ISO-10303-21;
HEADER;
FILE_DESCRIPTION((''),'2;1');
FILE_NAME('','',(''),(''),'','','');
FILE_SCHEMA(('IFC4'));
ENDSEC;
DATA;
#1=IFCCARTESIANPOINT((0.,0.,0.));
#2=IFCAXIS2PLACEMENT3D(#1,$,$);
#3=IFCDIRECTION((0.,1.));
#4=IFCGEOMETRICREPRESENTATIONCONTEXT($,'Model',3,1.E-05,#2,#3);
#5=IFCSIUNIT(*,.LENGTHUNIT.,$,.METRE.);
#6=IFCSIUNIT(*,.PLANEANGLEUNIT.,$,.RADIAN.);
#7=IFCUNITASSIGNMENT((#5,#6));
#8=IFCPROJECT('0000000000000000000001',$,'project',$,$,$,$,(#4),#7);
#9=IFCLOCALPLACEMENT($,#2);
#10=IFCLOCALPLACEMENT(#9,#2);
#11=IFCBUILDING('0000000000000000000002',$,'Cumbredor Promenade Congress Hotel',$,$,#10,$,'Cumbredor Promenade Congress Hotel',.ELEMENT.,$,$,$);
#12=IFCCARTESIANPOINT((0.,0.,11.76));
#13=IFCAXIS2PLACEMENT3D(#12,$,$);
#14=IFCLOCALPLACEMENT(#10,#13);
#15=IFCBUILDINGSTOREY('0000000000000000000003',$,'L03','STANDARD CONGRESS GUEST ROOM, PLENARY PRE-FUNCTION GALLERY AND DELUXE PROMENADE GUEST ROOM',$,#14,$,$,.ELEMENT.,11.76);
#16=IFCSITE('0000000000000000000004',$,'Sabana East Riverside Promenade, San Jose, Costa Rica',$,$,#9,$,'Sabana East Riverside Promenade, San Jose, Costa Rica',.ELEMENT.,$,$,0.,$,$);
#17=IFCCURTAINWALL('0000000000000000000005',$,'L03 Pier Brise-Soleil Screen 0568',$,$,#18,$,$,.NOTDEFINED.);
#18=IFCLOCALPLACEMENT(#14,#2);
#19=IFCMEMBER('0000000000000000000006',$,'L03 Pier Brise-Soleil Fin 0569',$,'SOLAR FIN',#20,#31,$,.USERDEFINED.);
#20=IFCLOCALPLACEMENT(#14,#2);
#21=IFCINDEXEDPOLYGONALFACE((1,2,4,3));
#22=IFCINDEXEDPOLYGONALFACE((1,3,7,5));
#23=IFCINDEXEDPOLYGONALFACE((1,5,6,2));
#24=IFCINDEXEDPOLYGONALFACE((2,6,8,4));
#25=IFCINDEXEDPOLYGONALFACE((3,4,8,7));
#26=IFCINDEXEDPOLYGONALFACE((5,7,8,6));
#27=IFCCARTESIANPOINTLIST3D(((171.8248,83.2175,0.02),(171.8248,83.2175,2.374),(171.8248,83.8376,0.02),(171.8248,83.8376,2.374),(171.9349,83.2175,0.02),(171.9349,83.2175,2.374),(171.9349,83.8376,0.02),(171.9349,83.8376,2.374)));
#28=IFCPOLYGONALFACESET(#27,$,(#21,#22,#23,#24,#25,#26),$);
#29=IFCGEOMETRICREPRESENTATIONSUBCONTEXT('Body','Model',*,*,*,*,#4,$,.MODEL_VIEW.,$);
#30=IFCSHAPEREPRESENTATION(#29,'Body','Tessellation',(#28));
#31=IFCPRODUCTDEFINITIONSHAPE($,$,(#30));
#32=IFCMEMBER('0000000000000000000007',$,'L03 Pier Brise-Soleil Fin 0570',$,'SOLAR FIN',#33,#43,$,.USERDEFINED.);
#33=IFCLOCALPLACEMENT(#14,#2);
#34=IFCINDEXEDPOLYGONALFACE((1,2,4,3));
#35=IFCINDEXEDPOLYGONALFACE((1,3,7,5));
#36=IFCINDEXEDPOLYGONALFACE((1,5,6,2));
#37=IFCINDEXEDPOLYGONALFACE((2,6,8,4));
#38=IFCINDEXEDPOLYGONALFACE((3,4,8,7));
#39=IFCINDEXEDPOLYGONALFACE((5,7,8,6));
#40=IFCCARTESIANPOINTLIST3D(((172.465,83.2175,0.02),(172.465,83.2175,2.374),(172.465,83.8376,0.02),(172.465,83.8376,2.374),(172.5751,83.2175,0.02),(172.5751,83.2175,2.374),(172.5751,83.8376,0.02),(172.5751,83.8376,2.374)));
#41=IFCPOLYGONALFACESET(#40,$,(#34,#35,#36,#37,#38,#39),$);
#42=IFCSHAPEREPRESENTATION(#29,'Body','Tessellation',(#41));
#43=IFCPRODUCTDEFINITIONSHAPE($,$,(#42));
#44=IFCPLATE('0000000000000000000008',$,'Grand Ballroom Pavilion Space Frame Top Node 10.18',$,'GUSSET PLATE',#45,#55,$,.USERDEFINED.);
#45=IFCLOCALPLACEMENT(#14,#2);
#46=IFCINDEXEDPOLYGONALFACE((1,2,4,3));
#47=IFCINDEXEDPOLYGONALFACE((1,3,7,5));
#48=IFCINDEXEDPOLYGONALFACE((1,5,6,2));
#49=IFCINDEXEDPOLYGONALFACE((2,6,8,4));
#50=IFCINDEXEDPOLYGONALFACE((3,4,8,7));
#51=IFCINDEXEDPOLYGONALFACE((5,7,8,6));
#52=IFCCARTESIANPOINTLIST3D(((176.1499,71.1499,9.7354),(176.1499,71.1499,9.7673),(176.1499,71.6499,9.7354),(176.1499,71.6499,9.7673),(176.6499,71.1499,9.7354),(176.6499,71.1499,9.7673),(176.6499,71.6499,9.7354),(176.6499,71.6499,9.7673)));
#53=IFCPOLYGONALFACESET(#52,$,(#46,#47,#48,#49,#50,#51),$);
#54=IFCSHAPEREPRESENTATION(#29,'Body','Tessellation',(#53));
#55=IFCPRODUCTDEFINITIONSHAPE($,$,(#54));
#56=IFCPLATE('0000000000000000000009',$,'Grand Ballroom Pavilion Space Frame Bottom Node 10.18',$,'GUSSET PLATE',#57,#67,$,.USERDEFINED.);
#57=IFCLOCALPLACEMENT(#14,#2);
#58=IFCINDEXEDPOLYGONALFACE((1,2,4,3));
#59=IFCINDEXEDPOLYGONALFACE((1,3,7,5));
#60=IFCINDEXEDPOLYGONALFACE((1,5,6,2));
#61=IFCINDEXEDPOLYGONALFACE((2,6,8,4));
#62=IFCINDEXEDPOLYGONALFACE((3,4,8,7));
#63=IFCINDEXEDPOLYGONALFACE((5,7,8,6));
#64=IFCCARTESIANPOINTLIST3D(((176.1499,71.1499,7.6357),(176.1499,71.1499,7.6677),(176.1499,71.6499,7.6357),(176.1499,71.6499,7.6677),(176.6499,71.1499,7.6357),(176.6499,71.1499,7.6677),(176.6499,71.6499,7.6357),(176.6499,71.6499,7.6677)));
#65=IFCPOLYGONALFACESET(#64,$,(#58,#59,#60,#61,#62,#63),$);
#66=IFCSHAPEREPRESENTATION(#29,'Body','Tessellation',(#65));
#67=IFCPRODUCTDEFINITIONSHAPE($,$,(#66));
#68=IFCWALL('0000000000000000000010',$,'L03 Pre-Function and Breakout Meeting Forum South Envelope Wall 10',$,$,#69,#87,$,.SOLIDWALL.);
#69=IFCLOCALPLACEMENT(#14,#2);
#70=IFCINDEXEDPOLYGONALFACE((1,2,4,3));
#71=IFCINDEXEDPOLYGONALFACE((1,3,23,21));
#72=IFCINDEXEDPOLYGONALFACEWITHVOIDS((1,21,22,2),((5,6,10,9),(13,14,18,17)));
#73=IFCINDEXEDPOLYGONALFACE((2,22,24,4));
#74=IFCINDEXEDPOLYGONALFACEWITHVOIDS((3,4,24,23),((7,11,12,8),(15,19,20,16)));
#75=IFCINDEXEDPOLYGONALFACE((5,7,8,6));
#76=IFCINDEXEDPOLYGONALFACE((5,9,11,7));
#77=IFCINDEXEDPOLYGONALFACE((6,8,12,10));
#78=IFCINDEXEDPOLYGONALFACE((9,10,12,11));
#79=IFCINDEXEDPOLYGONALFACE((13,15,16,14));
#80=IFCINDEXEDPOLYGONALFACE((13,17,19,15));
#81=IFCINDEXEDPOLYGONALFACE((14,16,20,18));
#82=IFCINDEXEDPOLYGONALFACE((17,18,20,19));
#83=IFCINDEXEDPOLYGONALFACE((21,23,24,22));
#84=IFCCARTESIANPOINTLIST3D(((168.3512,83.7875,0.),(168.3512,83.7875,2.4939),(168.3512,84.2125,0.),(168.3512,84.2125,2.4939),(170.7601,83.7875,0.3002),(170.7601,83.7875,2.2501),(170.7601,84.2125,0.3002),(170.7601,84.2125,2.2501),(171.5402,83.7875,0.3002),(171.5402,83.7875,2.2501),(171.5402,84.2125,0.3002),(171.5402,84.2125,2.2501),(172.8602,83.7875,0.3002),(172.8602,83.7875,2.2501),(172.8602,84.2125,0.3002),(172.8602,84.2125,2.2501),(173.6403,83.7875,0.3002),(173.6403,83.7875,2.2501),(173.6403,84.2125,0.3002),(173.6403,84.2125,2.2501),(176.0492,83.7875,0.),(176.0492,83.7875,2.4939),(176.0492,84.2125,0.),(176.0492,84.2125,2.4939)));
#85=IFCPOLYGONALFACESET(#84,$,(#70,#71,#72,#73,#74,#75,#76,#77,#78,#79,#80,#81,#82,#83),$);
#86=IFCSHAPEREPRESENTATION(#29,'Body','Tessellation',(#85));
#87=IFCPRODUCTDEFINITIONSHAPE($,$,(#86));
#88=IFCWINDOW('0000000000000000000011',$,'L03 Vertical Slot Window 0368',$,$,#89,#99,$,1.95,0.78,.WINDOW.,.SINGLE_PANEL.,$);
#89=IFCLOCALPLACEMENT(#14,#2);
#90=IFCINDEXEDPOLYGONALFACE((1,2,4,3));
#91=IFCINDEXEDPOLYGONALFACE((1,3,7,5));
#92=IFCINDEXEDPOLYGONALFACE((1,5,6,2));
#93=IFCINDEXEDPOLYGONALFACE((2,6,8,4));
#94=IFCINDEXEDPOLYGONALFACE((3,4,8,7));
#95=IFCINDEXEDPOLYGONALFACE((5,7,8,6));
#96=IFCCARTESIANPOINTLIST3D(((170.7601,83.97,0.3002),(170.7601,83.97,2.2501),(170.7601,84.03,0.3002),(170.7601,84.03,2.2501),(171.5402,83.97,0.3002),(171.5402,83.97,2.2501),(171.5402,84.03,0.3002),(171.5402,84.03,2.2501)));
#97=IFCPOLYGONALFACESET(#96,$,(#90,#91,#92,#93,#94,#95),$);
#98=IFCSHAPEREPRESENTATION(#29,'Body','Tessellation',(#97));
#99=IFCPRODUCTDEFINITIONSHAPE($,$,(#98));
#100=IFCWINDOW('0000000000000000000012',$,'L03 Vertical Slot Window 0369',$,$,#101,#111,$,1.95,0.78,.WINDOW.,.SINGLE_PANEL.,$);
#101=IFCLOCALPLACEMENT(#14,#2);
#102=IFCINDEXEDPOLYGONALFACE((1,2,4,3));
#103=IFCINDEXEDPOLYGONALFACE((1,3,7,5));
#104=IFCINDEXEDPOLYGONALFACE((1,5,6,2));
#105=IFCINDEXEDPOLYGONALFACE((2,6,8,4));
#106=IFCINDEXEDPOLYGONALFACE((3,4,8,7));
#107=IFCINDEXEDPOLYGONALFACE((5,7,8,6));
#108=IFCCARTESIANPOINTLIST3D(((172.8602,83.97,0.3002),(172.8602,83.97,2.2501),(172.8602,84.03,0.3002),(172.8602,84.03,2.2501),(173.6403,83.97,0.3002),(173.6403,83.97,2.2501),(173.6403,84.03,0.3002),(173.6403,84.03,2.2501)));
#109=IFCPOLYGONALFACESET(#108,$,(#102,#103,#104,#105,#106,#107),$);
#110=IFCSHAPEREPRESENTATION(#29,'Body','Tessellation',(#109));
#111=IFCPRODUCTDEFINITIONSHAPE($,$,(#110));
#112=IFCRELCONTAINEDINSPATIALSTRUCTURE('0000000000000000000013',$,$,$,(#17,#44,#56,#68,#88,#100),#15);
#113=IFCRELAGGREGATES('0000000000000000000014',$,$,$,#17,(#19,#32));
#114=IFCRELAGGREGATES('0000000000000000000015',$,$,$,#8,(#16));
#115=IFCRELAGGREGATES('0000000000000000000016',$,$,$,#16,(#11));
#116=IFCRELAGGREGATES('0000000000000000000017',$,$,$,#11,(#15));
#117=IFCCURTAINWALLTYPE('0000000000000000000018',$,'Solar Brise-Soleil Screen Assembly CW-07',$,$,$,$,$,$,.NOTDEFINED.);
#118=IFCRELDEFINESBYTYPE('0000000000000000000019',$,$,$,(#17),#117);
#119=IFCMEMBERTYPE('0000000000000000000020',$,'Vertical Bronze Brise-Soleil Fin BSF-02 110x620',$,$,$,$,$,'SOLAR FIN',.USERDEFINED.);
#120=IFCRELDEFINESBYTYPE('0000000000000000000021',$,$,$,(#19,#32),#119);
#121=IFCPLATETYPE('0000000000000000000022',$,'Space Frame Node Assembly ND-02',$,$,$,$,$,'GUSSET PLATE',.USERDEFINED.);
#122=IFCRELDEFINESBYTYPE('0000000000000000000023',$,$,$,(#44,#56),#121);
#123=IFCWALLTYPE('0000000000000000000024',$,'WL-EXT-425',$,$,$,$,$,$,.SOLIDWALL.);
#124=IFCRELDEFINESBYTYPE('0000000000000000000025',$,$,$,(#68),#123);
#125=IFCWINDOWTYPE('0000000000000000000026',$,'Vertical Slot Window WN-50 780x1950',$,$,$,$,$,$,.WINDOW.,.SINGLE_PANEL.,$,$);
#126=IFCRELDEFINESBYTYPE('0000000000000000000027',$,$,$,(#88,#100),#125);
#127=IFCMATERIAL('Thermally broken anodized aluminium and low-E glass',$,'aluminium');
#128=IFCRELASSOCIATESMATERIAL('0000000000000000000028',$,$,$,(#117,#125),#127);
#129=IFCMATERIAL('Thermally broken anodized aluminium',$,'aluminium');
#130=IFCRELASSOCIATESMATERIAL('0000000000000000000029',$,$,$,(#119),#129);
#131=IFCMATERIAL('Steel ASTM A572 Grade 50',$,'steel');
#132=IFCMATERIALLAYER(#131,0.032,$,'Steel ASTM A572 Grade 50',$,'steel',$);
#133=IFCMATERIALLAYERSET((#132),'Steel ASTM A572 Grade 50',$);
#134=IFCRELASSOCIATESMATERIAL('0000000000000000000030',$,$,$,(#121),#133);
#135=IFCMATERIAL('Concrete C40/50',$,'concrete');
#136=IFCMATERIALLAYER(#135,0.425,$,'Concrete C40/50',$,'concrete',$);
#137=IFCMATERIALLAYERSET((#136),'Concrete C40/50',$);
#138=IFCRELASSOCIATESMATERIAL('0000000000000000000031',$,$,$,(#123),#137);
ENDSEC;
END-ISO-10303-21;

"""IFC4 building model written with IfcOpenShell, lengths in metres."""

from ifc_helpers import new_model, si_unit, direction, frame, frame_2d, origin, origin_2d, place, context, subcontext, project, spatial, rectangle, extrude, material, layer, layer_set, material_profile, profile_set, type_object, element, fill, aggregate, save


model = new_model("IFC4")

# Units and contexts
model_context = context("Model", 3, precision=1e-05, world=origin(), true_north=direction((0.0, 1.0)))
body_context = subcontext(model_context, "Body", "Model", "MODEL_VIEW")
ifc_project = project(units=[si_unit("LENGTHUNIT", "METRE"), si_unit("PLANEANGLEUNIT", "RADIAN")], contexts=[model_context])

# Site, building, storey
site_placement = place(None, origin())
site = spatial("IfcSite", under=ifc_project, at=site_placement, Name="Sabana East Riverside Promenade, San Jose, Costa Rica", LongName="Sabana East Riverside Promenade, San Jose, Costa Rica", CompositionType="ELEMENT", RefElevation=0.0)
building_placement = place(site_placement, origin())
building = spatial("IfcBuilding", under=site, at=building_placement, Name="Cumbredor Promenade Congress Hotel", LongName="Cumbredor Promenade Congress Hotel", CompositionType="ELEMENT")
storey_placement = place(building_placement, frame((0.0, 0.0, 11.76)))
storey = spatial("IfcBuildingStorey", under=building, at=storey_placement, Name="L03", Description="STANDARD CONGRESS GUEST ROOM, PLENARY PRE-FUNCTION GALLERY AND DELUXE PROMENADE GUEST ROOM", CompositionType="ELEMENT", Elevation=11.76)

# Shared definitions
ifc_material_1 = material(Name="Concrete C40/50", Category="concrete")

# Curtain wall
ifc_material_2 = material(Name="Thermally broken anodized aluminium and low-E glass", Category="aluminium")
curtain_wall_type = type_object("IfcCurtainWallType", Name="Solar Brise-Soleil Screen Assembly CW-07", PredefinedType="NOTDEFINED", material=ifc_material_2)
curtain_wall_1_placement = place(storey_placement, origin())
curtain_wall_1 = element("IfcCurtainWall", 1, at=curtain_wall_1_placement, inside=storey, type_object=curtain_wall_type, Name="L03 Pier Brise-Soleil Screen 0568", PredefinedType="NOTDEFINED")
ifc_material_3 = material(Name="Thermally broken anodized aluminium", Category="aluminium")

# Shared definitions
ifc_material_profile_1 = material_profile(ifc_material_3, rectangle(XDim=0.1101, YDim=0.6201, at=origin_2d()), Name="ARCH FIN 110x620")
ifc_profile_set_1 = profile_set([ifc_material_profile_1], Name="Thermally broken anodized aluminium")
member_type_1 = type_object("IfcMemberType", Name="Vertical Bronze Brise-Soleil Fin BSF-02 110x620", ElementType="SOLAR FIN", PredefinedType="USERDEFINED", material=ifc_profile_set_1)

# Members
member_1_placement = place(storey_placement, frame((171.8799, 83.5276, 0.02), z_axis=(0.0, 0.0, 1.0), x_axis=(1.0, 0.0, 0.0)))
member_1 = element("IfcMember", 2, at=member_1_placement, type_object=member_type_1, Name="L03 Pier Brise-Soleil Fin 0569", ObjectType="SOLAR FIN", PredefinedType="USERDEFINED", context=body_context, shape_type="SweptSolid", body=[
    extrude(rectangle(XDim=0.1101, YDim=0.6201, at=origin_2d()), origin(), (0.0, 0.0, 1.0), 2.354),
])
member_2_placement = place(storey_placement, frame((172.52, 83.5276, 0.02), z_axis=(0.0, 0.0, 1.0), x_axis=(1.0, 0.0, 0.0)))
member_2 = element("IfcMember", 3, at=member_2_placement, type_object=member_type_1, Name="L03 Pier Brise-Soleil Fin 0570", ObjectType="SOLAR FIN", PredefinedType="USERDEFINED", context=body_context, shape_type="SweptSolid", body=[
    extrude(rectangle(XDim=0.1101, YDim=0.6201, at=origin_2d()), origin(), (0.0, 0.0, 1.0), 2.354),
])
aggregate(curtain_wall_1, [member_1, member_2])

# Plates
ifc_material_4 = material(Name="Steel ASTM A572 Grade 50", Category="steel")
ifc_layer_1 = layer(ifc_material_4, 0.032, Name="Steel ASTM A572 Grade 50", Category="steel")
ifc_layer_set_1 = layer_set([ifc_layer_1], Name="Steel ASTM A572 Grade 50")
plate_type = type_object("IfcPlateType", Name="Space Frame Node Assembly ND-02", ElementType="GUSSET PLATE", PredefinedType="USERDEFINED", material=ifc_layer_set_1)
for number, where, z_axis, x_axis, name in (
    (4, (176.3999, 71.3999, 9.7354), (0.0, 0.0, 1.0), (1.0, 0.0, 0.0), "Grand Ballroom Pavilion Space Frame Top Node 10.18"),
    (5, (176.3999, 71.3999, 7.6357), (0.0, 0.0, 1.0), (1.0, 0.0, 0.0), "Grand Ballroom Pavilion Space Frame Bottom Node 10.18"),
):
    element("IfcPlate", number, at=place(storey_placement, frame(where, z_axis=z_axis, x_axis=x_axis)), inside=storey, type_object=plate_type, Name=name, ObjectType="GUSSET PLATE", PredefinedType="USERDEFINED", context=body_context, shape_type="SweptSolid", body=[
        extrude(rectangle(XDim=0.5, YDim=0.5, at=origin_2d()), origin(), (0.0, 0.0, 1.0), 0.032),
    ])

# Wall, openings, windows
ifc_layer_2 = layer(ifc_material_1, 0.425, Name="Concrete C40/50", Category="concrete")
ifc_layer_set_2 = layer_set([ifc_layer_2], Name="Concrete C40/50")
wall_type = type_object("IfcWallType", Name="WL-EXT-425", PredefinedType="SOLIDWALL", material=ifc_layer_set_2)
wall_placement = place(storey_placement, frame((168.3511, 84.0, 0.0), z_axis=(0.0, 0.0, 1.0), x_axis=(1.0, 0.0, 0.0)))
wall = element("IfcWall", 6, at=wall_placement, inside=storey, type_object=wall_type, Name="L03 Pre-Function and Breakout Meeting Forum South Envelope Wall 10", PredefinedType="SOLIDWALL", context=body_context, shape_type="SweptSolid", body=[
    extrude(rectangle(XDim=7.698, YDim=0.425, at=frame_2d((3.8491, 0.0))), origin(), (0.0, 0.0, 1.0), 2.4939),
])
opening_1_placement = place(wall_placement, frame((2.4089, 0.0, 0.3)))
opening_1 = element("IfcOpeningElement", 7, at=opening_1_placement, cuts=wall, PredefinedType="OPENING", context=body_context, shape_type="SweptSolid", body=[
    extrude(rectangle(XDim=0.78, YDim=1.95, at=frame_2d((0.3901, 0.9751))), frame((0.0, 0.2227, 0.0), z_axis=(0.0, -1.0, 0.0), x_axis=(1.0, 0.0, 0.0)), (0.0, 0.0, 1.0), 0.4451),
])
opening_2_placement = place(wall_placement, frame((4.509, 0.0, 0.3)))
opening_2 = element("IfcOpeningElement", 8, at=opening_2_placement, cuts=wall, PredefinedType="OPENING", context=body_context, shape_type="SweptSolid", body=[
    extrude(rectangle(XDim=0.78, YDim=1.95, at=frame_2d((0.3901, 0.9751))), frame((0.0, 0.2227, 0.0), z_axis=(0.0, -1.0, 0.0), x_axis=(1.0, 0.0, 0.0)), (0.0, 0.0, 1.0), 0.4451),
])
window_type = type_object("IfcWindowType", Name="Vertical Slot Window WN-50 780x1950", PartitioningType="SINGLE_PANEL", PredefinedType="WINDOW", material=ifc_material_2)
window_1_placement = place(opening_1_placement, origin())
window_1 = element("IfcWindow", 9, at=window_1_placement, inside=storey, type_object=window_type, Name="L03 Vertical Slot Window 0368", OverallHeight=1.95, OverallWidth=0.78, PartitioningType="SINGLE_PANEL", PredefinedType="WINDOW", context=body_context, shape_type="SweptSolid", body=[
    extrude(rectangle(XDim=0.78, YDim=1.95, at=frame_2d((0.3901, 0.9751))), frame((0.0, 0.03, 0.0), z_axis=(0.0, -1.0, 0.0), x_axis=(1.0, 0.0, 0.0)), (0.0, 0.0, 1.0), 0.0601),
])
fill(opening_1, window_1)
window_2_placement = place(opening_2_placement, origin())
window_2 = element("IfcWindow", 10, at=window_2_placement, inside=storey, type_object=window_type, Name="L03 Vertical Slot Window 0369", OverallHeight=1.95, OverallWidth=0.78, PartitioningType="SINGLE_PANEL", PredefinedType="WINDOW", context=body_context, shape_type="SweptSolid", body=[
    extrude(rectangle(XDim=0.78, YDim=1.95, at=frame_2d((0.3901, 0.9751))), frame((0.0, 0.03, 0.0), z_axis=(0.0, -1.0, 0.0), x_axis=(1.0, 0.0, 0.0)), (0.0, 0.0, 1.0), 0.0601),
])
fill(opening_2, window_2)

save(model, "model.ifc")
